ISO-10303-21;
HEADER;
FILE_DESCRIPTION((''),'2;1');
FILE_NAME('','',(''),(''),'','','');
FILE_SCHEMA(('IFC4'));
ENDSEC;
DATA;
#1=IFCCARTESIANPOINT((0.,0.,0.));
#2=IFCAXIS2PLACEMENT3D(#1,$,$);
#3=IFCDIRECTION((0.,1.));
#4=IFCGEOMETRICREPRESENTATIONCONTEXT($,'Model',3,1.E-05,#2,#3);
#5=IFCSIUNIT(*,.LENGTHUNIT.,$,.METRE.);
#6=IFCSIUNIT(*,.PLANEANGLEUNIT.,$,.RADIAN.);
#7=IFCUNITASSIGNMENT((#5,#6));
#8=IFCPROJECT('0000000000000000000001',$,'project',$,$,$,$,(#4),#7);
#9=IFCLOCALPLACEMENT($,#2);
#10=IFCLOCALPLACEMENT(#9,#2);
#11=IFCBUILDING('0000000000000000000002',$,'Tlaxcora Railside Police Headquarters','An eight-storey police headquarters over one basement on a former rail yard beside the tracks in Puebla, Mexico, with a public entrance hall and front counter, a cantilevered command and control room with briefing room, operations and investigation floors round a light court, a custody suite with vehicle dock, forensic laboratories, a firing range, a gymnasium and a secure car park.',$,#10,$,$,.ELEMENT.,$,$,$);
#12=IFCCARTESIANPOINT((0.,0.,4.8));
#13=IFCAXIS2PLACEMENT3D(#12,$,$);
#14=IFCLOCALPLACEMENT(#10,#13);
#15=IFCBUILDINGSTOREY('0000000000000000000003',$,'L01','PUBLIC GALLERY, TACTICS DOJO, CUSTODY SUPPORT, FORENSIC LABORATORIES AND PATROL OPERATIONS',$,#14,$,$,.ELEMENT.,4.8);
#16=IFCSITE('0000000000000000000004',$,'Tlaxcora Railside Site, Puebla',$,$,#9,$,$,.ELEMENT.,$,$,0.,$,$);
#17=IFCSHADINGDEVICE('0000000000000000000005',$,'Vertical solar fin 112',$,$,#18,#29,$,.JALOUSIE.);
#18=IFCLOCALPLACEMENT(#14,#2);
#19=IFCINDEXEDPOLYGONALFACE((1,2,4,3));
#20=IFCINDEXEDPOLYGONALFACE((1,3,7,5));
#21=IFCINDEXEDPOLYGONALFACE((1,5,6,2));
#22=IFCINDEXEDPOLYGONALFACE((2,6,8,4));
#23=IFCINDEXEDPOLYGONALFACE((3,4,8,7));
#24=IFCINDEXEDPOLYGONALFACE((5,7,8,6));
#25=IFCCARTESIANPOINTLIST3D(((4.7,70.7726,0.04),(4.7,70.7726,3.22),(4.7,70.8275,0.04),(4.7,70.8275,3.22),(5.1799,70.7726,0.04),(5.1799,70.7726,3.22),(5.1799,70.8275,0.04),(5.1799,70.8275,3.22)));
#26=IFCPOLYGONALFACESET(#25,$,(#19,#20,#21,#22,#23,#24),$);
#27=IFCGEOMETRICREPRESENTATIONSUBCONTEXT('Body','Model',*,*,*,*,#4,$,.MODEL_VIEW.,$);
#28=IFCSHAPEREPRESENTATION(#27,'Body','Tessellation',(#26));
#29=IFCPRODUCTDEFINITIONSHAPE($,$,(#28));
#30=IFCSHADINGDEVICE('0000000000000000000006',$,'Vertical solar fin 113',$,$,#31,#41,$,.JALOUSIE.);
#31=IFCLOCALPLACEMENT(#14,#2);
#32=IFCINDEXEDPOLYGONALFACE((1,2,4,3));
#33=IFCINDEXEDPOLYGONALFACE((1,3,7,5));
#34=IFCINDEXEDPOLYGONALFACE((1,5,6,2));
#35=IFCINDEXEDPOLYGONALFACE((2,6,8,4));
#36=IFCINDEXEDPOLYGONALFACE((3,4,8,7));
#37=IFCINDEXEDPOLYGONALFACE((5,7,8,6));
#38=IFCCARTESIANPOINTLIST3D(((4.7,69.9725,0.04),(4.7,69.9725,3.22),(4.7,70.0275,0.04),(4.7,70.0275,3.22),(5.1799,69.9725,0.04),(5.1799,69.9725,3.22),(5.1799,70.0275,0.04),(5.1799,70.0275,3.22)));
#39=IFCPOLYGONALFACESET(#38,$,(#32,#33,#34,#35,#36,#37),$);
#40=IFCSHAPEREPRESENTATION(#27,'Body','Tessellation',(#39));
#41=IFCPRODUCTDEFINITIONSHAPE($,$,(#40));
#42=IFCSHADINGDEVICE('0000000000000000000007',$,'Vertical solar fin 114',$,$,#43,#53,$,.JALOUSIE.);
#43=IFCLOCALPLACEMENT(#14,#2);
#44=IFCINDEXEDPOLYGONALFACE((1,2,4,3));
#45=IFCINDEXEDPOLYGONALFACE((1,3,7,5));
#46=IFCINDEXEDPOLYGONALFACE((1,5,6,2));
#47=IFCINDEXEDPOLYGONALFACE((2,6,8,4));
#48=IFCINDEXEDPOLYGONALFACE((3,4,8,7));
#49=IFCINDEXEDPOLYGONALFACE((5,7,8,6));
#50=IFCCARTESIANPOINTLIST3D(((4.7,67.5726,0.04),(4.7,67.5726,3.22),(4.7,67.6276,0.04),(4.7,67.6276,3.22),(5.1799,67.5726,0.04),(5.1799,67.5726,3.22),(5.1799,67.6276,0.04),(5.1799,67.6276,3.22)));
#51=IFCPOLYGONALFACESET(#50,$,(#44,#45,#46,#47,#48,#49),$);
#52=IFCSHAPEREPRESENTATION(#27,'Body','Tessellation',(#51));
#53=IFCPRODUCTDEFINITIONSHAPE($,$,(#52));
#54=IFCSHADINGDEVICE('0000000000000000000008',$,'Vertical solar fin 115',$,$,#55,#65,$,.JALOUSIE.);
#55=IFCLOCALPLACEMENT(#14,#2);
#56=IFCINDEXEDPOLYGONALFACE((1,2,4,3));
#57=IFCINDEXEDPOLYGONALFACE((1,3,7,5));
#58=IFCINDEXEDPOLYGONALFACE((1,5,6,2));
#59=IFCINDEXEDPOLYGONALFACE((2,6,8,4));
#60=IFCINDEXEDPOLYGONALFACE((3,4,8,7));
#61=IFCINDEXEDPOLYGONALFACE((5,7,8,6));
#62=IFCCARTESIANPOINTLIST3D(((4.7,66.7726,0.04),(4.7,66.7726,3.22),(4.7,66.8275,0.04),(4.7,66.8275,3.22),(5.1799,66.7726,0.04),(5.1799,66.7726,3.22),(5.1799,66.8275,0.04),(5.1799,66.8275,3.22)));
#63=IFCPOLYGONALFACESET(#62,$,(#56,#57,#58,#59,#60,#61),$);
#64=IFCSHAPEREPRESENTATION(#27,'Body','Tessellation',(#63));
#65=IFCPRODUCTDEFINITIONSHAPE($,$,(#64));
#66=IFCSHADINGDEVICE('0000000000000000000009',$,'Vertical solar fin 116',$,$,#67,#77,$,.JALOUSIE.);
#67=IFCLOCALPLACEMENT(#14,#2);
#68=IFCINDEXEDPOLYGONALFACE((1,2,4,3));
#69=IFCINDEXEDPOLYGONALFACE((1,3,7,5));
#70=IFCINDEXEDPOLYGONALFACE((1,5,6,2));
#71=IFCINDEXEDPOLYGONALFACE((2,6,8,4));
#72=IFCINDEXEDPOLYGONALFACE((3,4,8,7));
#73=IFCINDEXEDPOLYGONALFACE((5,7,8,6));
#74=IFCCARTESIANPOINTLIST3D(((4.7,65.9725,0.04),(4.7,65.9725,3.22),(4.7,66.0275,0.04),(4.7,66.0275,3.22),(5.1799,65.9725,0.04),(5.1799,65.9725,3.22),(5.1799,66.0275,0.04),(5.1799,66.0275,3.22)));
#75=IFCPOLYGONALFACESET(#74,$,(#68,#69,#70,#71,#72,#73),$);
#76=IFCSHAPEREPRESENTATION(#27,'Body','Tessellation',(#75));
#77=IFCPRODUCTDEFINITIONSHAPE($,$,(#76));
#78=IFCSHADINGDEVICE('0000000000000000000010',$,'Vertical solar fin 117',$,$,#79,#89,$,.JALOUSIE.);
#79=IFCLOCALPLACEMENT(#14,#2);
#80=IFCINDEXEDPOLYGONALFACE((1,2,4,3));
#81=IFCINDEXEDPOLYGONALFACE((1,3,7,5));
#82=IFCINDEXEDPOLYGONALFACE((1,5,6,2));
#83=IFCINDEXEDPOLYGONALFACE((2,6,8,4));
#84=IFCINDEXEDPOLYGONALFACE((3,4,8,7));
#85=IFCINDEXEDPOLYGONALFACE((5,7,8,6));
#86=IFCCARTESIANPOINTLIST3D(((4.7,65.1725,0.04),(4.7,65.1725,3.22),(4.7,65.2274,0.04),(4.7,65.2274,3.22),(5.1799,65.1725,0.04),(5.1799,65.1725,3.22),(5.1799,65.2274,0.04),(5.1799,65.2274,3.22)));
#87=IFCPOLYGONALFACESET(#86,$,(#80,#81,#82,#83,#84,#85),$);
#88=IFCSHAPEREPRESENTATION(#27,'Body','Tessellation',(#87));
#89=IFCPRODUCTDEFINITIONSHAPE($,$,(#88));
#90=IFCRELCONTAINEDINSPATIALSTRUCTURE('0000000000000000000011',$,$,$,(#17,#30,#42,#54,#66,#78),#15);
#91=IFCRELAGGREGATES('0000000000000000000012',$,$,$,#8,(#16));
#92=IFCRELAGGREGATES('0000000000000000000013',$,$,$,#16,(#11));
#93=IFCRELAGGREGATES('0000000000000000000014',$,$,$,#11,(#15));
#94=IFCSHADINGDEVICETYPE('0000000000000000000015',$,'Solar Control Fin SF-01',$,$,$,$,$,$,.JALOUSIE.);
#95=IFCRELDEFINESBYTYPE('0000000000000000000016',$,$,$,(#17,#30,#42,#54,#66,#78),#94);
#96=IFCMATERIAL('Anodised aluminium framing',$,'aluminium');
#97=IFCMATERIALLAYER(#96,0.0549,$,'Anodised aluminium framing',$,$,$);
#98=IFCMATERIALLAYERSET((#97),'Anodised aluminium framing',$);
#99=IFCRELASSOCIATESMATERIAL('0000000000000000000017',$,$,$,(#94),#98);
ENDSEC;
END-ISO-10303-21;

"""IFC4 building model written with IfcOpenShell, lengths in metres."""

from ifc_helpers import new_model, si_unit, direction, frame, origin, origin_2d, place, context, subcontext, project, spatial, rectangle, extrude, material, layer, layer_set, type_object, element, save


model = new_model("IFC4")

# Units and contexts
model_context = context("Model", 3, precision=1e-05, world=origin(), true_north=direction((0.0, 1.0)))
body_context = subcontext(model_context, "Body", "Model", "MODEL_VIEW")
ifc_project = project(units=[si_unit("LENGTHUNIT", "METRE"), si_unit("PLANEANGLEUNIT", "RADIAN")], contexts=[model_context])

# Site, building, storey
site_placement = place(None, origin())
site = spatial("IfcSite", under=ifc_project, at=site_placement, Name="Tlaxcora Railside Site, Puebla", CompositionType="ELEMENT", RefElevation=0.0)
building_placement = place(site_placement, origin())
building = spatial("IfcBuilding", under=site, at=building_placement, Name="Tlaxcora Railside Police Headquarters", Description="An eight-storey police headquarters over one basement on a former rail yard beside the tracks in Puebla, Mexico, with a public entrance hall and front counter, a cantilevered command and control room with briefing room, operations and investigation floors round a light court, a custody suite with vehicle dock, forensic laboratories, a firing range, a gymnasium and a secure car park.", CompositionType="ELEMENT")
storey_placement = place(building_placement, frame((0.0, 0.0, 4.8)))
storey = spatial("IfcBuildingStorey", under=building, at=storey_placement, Name="L01", Description="PUBLIC GALLERY, TACTICS DOJO, CUSTODY SUPPORT, FORENSIC LABORATORIES AND PATROL OPERATIONS", CompositionType="ELEMENT", Elevation=4.8)

# Shared definitions
ifc_material_1 = material(Name="Anodised aluminium framing", Category="aluminium")

# Shading devices
ifc_layer_1 = layer(ifc_material_1, 0.0549, Name="Anodised aluminium framing")
ifc_layer_set_1 = layer_set([ifc_layer_1], Name="Anodised aluminium framing")
shading_device_type = type_object("IfcShadingDeviceType", Name="Solar Control Fin SF-01", PredefinedType="JALOUSIE", material=ifc_layer_set_1)
for number, where, z_axis, x_axis, name in (
    (1, (4.9399, 70.8, 0.04), (0.0, 0.0, 1.0), (-1.0, 0.0, 0.0), "Vertical solar fin 112"),
    (2, (4.9399, 70.0, 0.04), (0.0, 0.0, 1.0), (-1.0, 0.0, 0.0), "Vertical solar fin 113"),
    (3, (4.9399, 67.6001, 0.04), (0.0, 0.0, 1.0), (-1.0, 0.0, 0.0), "Vertical solar fin 114"),
    (4, (4.9399, 66.8, 0.04), (0.0, 0.0, 1.0), (-1.0, 0.0, 0.0), "Vertical solar fin 115"),
    (5, (4.9399, 66.0, 0.04), (0.0, 0.0, 1.0), (-1.0, 0.0, 0.0), "Vertical solar fin 116"),
    (6, (4.9399, 65.2, 0.04), (0.0, 0.0, 1.0), (-1.0, 0.0, 0.0), "Vertical solar fin 117"),
):
    element("IfcShadingDevice", number, at=place(storey_placement, frame(where, z_axis=z_axis, x_axis=x_axis)), inside=storey, type_object=shading_device_type, Name=name, PredefinedType="JALOUSIE", context=body_context, shape_type="SweptSolid", body=[
        extrude(rectangle(XDim=0.48, YDim=0.0549, at=origin_2d()), origin(), (0.0, 0.0, 1.0), 3.1799),
    ])

save(model, "model.ifc")
